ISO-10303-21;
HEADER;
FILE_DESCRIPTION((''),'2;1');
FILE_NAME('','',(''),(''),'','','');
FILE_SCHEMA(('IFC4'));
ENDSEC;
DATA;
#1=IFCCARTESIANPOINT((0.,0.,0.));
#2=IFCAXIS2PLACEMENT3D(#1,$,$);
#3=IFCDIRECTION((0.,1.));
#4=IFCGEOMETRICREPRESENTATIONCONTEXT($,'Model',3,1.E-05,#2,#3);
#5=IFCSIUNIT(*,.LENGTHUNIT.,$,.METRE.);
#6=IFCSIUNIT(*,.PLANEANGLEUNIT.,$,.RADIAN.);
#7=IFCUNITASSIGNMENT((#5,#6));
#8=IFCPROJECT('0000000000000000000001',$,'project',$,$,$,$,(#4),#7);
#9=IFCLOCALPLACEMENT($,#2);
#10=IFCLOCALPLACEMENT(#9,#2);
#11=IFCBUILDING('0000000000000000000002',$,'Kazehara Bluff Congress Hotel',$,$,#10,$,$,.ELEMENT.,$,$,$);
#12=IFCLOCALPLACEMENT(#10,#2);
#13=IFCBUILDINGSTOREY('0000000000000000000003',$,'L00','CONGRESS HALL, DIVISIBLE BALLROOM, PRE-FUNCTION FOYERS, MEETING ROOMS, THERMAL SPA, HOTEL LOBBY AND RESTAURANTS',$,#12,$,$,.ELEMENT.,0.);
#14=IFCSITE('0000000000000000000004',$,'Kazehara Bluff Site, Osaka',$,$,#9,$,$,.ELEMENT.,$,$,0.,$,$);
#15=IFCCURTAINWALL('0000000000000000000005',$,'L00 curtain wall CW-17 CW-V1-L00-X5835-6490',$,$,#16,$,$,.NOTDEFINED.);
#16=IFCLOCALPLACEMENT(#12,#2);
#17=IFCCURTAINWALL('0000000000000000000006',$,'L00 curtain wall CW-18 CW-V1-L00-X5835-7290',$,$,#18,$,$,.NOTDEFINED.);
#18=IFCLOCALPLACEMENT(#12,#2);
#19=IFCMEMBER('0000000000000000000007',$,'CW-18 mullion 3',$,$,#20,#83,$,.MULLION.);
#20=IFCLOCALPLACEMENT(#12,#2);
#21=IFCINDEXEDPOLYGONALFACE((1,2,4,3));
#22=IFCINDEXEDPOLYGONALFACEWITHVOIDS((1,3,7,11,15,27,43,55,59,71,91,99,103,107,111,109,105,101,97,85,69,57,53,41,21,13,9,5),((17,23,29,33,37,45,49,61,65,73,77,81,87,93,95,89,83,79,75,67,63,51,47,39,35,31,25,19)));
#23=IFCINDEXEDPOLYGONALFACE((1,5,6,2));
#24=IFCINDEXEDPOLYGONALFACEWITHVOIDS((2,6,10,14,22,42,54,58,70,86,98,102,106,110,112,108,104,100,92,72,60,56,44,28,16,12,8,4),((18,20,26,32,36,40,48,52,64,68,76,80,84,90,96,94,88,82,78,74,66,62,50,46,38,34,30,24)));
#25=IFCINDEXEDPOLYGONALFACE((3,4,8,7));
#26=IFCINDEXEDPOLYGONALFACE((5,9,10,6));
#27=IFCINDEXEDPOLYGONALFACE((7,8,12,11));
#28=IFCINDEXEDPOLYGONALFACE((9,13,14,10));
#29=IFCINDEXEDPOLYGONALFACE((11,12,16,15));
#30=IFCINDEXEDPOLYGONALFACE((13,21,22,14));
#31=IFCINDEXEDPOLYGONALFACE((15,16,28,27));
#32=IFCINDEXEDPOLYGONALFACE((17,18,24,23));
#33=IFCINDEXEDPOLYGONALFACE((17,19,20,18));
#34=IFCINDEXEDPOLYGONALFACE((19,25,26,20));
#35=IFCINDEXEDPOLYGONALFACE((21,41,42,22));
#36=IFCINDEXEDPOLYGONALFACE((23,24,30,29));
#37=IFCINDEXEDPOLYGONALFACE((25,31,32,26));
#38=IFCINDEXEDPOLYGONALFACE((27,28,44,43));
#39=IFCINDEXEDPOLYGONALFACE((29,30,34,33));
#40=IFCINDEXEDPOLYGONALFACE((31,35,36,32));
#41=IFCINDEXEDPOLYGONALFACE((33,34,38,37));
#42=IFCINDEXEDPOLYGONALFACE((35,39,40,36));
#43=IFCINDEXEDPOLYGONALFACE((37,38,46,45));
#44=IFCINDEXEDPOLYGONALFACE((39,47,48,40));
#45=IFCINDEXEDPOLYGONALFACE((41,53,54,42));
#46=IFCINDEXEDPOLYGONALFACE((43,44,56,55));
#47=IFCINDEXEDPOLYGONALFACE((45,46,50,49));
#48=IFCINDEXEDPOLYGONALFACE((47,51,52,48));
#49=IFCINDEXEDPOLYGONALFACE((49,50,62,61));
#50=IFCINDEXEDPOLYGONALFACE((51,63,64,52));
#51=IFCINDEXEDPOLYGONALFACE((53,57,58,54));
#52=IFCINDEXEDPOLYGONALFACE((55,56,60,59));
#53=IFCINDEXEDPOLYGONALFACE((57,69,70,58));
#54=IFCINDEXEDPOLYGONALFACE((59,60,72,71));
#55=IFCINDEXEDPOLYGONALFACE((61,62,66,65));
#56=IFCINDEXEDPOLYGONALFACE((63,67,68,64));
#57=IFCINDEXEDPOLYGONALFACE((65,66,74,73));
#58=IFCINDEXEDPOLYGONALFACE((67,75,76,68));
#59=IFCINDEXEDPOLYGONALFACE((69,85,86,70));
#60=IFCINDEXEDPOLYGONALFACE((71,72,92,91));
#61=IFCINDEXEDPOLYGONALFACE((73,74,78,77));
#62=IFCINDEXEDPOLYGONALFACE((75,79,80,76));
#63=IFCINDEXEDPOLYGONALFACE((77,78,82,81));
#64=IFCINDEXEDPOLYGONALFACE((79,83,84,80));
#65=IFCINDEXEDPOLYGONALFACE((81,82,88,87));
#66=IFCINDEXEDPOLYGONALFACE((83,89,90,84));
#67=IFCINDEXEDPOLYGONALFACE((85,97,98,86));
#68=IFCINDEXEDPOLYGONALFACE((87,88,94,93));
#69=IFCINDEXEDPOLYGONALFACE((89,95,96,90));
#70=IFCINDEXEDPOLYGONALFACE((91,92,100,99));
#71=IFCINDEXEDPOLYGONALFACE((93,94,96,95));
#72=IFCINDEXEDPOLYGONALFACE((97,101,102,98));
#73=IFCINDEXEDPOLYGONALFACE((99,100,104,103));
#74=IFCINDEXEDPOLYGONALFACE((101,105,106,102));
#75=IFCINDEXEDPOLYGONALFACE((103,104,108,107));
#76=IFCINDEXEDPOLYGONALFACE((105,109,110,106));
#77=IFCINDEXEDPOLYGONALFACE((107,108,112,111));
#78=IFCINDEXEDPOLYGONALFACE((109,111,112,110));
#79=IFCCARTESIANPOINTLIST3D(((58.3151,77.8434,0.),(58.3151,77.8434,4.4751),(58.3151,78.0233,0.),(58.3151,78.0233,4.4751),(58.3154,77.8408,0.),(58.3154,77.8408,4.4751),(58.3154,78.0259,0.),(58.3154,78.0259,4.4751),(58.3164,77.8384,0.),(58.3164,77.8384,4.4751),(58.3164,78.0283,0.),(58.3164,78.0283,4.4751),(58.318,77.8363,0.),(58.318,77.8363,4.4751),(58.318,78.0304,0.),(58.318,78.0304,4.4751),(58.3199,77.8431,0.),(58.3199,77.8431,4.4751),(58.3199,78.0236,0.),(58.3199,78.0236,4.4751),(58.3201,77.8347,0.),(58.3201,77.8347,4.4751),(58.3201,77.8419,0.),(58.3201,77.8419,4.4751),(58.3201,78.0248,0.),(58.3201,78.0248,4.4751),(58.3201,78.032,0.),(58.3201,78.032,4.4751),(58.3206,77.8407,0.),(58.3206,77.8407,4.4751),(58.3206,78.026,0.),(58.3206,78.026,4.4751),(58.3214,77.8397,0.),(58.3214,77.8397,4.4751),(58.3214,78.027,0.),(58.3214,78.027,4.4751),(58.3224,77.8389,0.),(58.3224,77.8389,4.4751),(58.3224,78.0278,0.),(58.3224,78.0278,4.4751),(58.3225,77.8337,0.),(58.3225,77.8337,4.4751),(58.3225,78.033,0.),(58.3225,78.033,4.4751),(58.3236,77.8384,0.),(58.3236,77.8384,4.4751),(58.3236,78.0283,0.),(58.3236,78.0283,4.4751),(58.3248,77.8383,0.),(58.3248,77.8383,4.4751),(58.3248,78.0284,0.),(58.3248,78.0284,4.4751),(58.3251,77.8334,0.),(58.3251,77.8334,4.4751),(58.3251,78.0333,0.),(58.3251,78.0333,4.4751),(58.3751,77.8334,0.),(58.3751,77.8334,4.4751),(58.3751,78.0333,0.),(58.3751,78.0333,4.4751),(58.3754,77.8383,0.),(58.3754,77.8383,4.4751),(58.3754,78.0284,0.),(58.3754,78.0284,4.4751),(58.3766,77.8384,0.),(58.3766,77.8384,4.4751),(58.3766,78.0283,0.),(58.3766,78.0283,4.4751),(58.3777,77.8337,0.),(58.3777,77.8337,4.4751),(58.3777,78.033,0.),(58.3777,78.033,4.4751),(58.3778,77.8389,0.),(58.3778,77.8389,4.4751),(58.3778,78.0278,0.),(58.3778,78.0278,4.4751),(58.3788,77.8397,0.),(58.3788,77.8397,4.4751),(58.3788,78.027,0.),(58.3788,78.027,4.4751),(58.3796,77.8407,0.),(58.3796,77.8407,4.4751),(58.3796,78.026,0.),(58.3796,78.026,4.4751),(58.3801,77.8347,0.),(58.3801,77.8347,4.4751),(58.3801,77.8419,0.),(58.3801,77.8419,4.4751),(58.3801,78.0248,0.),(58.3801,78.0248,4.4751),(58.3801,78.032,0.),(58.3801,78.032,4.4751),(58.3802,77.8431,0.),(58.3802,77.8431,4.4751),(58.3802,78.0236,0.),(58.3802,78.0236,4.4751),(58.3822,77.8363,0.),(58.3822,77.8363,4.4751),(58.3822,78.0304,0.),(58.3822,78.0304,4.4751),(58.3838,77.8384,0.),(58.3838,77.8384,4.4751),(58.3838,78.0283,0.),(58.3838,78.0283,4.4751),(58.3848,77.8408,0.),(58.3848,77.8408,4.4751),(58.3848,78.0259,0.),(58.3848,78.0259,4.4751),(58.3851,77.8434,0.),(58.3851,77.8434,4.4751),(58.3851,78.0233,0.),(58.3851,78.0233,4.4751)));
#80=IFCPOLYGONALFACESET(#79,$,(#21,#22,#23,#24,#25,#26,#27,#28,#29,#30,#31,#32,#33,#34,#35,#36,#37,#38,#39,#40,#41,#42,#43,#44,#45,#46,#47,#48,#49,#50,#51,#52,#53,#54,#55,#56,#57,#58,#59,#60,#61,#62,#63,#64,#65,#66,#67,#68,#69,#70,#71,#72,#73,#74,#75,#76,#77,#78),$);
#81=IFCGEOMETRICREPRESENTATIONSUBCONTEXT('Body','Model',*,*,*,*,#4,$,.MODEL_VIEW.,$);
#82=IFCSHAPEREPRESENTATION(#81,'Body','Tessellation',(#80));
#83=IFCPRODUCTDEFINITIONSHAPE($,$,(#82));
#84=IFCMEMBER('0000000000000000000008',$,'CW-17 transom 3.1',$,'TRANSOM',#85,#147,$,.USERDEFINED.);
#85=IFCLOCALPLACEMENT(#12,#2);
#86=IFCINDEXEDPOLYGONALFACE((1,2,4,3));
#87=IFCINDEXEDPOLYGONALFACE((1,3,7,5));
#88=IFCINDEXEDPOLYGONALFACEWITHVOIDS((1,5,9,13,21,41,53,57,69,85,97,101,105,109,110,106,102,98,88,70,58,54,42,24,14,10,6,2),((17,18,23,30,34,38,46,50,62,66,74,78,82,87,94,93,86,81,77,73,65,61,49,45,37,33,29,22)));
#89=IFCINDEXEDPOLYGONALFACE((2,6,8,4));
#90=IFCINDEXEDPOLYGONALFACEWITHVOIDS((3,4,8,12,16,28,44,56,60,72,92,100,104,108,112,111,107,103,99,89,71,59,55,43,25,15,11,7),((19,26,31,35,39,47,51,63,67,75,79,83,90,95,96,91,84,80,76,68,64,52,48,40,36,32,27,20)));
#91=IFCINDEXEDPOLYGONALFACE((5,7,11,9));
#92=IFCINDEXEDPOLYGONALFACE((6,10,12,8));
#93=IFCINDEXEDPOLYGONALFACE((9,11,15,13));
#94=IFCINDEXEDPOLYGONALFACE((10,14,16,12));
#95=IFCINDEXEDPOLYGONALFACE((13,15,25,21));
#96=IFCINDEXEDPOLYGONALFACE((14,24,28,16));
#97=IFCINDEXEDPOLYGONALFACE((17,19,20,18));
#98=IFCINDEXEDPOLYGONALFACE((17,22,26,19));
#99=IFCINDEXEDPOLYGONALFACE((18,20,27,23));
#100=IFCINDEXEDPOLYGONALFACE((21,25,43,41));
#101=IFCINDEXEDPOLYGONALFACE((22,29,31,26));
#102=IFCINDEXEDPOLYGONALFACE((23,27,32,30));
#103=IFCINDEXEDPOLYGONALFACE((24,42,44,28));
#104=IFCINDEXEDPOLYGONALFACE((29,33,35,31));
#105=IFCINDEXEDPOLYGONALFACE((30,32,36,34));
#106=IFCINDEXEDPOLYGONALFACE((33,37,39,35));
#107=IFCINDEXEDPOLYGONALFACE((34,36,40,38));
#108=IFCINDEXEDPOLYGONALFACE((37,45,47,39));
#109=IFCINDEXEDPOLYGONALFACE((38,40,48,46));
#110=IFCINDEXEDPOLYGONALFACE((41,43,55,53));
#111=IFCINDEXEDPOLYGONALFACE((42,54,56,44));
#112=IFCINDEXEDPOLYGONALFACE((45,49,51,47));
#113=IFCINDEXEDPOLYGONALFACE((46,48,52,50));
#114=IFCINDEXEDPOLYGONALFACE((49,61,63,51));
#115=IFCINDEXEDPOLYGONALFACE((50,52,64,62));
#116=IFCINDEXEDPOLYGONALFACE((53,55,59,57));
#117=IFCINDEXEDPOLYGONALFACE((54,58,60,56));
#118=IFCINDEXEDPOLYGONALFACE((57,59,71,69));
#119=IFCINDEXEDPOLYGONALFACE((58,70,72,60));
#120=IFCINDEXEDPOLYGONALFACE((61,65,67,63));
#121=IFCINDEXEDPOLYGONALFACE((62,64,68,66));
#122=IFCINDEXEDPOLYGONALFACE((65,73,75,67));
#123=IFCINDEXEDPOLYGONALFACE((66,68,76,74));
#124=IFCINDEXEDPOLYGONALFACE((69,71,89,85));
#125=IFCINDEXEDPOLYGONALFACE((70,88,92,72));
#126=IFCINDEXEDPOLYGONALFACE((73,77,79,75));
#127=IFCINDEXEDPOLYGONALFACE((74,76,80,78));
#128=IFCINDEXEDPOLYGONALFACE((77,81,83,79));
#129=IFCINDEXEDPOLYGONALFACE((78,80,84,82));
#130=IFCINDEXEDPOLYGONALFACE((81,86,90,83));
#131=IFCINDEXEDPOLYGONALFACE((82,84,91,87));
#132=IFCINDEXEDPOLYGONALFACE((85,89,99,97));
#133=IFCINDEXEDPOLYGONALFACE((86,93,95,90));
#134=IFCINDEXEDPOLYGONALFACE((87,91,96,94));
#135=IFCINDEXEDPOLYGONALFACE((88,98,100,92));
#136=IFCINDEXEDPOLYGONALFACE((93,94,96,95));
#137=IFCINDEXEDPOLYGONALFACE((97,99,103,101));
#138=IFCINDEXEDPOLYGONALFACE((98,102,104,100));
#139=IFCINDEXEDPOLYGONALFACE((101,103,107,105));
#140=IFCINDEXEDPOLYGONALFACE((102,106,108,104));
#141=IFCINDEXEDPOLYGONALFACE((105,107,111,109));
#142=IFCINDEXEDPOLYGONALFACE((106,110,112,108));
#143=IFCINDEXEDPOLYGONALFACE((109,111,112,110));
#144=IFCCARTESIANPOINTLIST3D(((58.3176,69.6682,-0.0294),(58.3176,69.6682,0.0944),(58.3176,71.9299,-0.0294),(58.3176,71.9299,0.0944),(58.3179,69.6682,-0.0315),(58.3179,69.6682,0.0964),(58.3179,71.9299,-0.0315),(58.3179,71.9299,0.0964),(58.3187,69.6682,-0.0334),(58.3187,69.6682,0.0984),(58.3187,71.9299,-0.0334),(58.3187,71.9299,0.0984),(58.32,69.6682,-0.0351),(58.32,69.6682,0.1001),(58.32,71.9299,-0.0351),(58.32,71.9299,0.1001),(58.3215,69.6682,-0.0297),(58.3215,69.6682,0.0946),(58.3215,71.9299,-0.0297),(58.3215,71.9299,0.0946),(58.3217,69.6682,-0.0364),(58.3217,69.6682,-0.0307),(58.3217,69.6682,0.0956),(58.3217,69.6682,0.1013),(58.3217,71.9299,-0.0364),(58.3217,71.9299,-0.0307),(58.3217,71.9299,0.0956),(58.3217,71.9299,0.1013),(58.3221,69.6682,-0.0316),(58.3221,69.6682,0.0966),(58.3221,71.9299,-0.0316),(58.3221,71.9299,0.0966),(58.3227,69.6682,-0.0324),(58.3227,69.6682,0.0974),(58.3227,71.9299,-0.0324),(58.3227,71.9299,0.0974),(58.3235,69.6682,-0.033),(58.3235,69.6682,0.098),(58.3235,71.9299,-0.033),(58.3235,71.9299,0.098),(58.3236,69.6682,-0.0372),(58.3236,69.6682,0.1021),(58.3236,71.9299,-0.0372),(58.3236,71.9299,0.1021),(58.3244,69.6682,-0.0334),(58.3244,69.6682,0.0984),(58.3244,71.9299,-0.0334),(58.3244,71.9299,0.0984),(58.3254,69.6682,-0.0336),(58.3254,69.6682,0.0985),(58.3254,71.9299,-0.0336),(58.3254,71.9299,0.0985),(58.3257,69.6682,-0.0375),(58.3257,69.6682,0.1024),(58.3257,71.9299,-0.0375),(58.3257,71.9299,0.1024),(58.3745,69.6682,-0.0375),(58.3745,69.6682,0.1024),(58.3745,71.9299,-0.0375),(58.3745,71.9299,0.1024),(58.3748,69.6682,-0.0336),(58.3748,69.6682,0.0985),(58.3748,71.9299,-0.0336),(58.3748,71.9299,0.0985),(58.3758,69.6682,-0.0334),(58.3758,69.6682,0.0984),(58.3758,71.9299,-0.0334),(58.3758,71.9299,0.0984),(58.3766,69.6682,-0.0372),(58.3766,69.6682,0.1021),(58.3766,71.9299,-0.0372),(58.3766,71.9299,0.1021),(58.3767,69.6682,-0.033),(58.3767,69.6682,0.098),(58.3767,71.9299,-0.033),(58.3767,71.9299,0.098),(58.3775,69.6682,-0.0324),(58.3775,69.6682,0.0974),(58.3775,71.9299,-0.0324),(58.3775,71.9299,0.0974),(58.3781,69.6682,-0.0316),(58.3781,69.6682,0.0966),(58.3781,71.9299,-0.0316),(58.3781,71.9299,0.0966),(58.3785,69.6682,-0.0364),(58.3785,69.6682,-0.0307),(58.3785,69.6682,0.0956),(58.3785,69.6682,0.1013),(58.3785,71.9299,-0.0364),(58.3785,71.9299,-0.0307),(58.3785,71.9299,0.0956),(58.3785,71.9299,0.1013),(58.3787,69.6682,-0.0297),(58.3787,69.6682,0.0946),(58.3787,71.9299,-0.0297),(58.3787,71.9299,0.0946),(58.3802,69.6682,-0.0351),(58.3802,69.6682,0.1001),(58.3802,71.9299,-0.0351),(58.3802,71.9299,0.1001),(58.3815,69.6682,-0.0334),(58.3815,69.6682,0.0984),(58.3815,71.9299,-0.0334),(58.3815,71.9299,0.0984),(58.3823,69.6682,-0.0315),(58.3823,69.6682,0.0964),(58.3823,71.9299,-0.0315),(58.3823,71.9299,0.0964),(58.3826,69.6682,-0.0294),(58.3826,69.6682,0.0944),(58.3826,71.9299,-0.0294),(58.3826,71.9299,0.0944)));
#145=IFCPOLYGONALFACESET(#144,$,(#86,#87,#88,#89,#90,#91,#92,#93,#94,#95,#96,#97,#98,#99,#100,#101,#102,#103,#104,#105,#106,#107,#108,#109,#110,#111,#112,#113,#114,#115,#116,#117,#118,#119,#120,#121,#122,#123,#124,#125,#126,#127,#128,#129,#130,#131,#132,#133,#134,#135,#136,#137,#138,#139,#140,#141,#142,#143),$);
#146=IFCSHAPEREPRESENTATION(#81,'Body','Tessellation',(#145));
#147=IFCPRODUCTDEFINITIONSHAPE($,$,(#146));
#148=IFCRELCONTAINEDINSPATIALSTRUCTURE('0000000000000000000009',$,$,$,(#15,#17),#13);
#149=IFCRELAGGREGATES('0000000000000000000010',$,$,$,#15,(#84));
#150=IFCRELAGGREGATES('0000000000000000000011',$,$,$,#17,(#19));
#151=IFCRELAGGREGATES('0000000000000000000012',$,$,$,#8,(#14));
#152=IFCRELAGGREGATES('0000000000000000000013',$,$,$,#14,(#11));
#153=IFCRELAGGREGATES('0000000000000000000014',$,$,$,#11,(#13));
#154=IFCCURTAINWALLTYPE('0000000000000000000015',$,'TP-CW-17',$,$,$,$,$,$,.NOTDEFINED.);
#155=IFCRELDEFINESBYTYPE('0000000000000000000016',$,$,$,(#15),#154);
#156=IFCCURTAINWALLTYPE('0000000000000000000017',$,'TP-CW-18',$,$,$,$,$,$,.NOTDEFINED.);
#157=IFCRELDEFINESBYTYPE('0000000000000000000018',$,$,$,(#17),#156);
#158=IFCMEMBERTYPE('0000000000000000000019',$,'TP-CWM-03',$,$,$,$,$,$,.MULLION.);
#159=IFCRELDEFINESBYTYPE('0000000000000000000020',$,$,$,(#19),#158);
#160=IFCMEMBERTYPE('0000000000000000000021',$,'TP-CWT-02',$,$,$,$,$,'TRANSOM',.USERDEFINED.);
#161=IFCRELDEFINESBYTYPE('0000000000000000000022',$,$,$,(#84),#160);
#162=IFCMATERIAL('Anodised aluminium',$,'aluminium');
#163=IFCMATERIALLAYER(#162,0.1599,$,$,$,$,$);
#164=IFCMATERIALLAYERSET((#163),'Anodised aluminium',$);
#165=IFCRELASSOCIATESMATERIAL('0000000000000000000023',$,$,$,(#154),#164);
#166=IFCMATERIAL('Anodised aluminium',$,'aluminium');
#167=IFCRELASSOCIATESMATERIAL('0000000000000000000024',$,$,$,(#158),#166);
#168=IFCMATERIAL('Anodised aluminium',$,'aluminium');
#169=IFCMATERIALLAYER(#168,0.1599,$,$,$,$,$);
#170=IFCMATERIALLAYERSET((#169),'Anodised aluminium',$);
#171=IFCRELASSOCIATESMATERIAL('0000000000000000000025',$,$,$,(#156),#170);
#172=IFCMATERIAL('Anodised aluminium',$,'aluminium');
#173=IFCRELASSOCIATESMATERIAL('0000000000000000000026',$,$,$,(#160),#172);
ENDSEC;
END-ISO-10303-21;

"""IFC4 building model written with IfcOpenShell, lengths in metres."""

from ifc_helpers import new_model, si_unit, direction, frame, origin, origin_2d, place, context, subcontext, project, spatial, hollow_rectangle, extrude, material, layer, layer_set, material_profile, profile_set, type_object, element, aggregate, save


model = new_model("IFC4")

# Units and contexts
model_context = context("Model", 3, precision=1e-05, world=origin(), true_north=direction((0.0, 1.0)))
body_context = subcontext(model_context, "Body", "Model", "MODEL_VIEW")
ifc_project = project(units=[si_unit("LENGTHUNIT", "METRE"), si_unit("PLANEANGLEUNIT", "RADIAN")], contexts=[model_context])

# Site, building, storey
site_placement = place(None, origin())
site = spatial("IfcSite", under=ifc_project, at=site_placement, Name="Kazehara Bluff Site, Osaka", CompositionType="ELEMENT", RefElevation=0.0)
building_placement = place(site_placement, origin())
building = spatial("IfcBuilding", under=site, at=building_placement, Name="Kazehara Bluff Congress Hotel", CompositionType="ELEMENT")
storey_placement = place(building_placement, origin())
storey = spatial("IfcBuildingStorey", under=building, at=storey_placement, Name="L00", Description="CONGRESS HALL, DIVISIBLE BALLROOM, PRE-FUNCTION FOYERS, MEETING ROOMS, THERMAL SPA, HOTEL LOBBY AND RESTAURANTS", CompositionType="ELEMENT", Elevation=0.0)

# Curtain wall
ifc_material_1 = material(Name="Anodised aluminium", Category="aluminium")
ifc_layer_1 = layer(ifc_material_1, 0.1599)
ifc_layer_set_1 = layer_set([ifc_layer_1], Name="Anodised aluminium")
curtain_wall_type_1 = type_object("IfcCurtainWallType", Name="TP-CW-17", PredefinedType="NOTDEFINED", material=ifc_layer_set_1)
curtain_wall_1_placement = place(storey_placement, origin())
curtain_wall_1 = element("IfcCurtainWall", 1, at=curtain_wall_1_placement, inside=storey, type_object=curtain_wall_type_1, Name="L00 curtain wall CW-17 CW-V1-L00-X5835-6490", PredefinedType="NOTDEFINED")
ifc_material_2 = material(Name="Anodised aluminium", Category="aluminium")
ifc_material_profile_1 = material_profile(ifc_material_2, hollow_rectangle(XDim=0.0701, YDim=0.2, WallThickness=0.0049, InnerFilletRadius=0.0049, OuterFilletRadius=0.01, at=origin_2d()))
ifc_profile_set_1 = profile_set([ifc_material_profile_1], Name="Anodised aluminium")
member_type_1 = type_object("IfcMemberType", Name="TP-CWM-03", PredefinedType="MULLION", material=ifc_profile_set_1)

# Curtain wall, member
ifc_material_3 = material(Name="Anodised aluminium", Category="aluminium")
ifc_layer_2 = layer(ifc_material_3, 0.1599)
ifc_layer_set_2 = layer_set([ifc_layer_2], Name="Anodised aluminium")
curtain_wall_type_2 = type_object("IfcCurtainWallType", Name="TP-CW-18", PredefinedType="NOTDEFINED", material=ifc_layer_set_2)
curtain_wall_2_placement = place(storey_placement, origin())
curtain_wall_2 = element("IfcCurtainWall", 2, at=curtain_wall_2_placement, inside=storey, type_object=curtain_wall_type_2, Name="L00 curtain wall CW-18 CW-V1-L00-X5835-7290", PredefinedType="NOTDEFINED")
member_1_placement = place(storey_placement, frame((58.3501, 77.9333, 0.0), z_axis=(0.0, 0.0, 1.0), x_axis=(-1.0, 0.0, 0.0)))
member_1 = element("IfcMember", 3, at=member_1_placement, type_object=member_type_1, Name="CW-18 mullion 3", PredefinedType="MULLION", context=body_context, shape_type="SweptSolid", body=[
    extrude(hollow_rectangle(XDim=0.0701, YDim=0.2, WallThickness=0.0049, InnerFilletRadius=0.0049, OuterFilletRadius=0.01, at=origin_2d()), origin(), (0.0, 0.0, 1.0), 4.4751),
])

# Member
ifc_material_4 = material(Name="Anodised aluminium", Category="aluminium")
ifc_material_profile_2 = material_profile(ifc_material_4, hollow_rectangle(XDim=0.0649, YDim=0.1399, WallThickness=0.0039, InnerFilletRadius=0.0039, OuterFilletRadius=0.0081, at=origin_2d()))
ifc_profile_set_2 = profile_set([ifc_material_profile_2], Name="Anodised aluminium")
member_type_2 = type_object("IfcMemberType", Name="TP-CWT-02", ElementType="TRANSOM", PredefinedType="USERDEFINED", material=ifc_profile_set_2)
member_2_placement = place(storey_placement, frame((58.3501, 69.6682, 0.0325), z_axis=(0.0, 1.0, 0.0), x_axis=(-1.0, 0.0, 0.0)))
member_2 = element("IfcMember", 4, at=member_2_placement, type_object=member_type_2, Name="CW-17 transom 3.1", ObjectType="TRANSOM", PredefinedType="USERDEFINED", context=body_context, shape_type="SweptSolid", body=[
    extrude(hollow_rectangle(XDim=0.0649, YDim=0.1399, WallThickness=0.0039, InnerFilletRadius=0.0039, OuterFilletRadius=0.0081, at=origin_2d()), origin(), (0.0, 0.0, 1.0), 2.2617),
])

aggregate(curtain_wall_1, [member_2])
aggregate(curtain_wall_2, [member_1])

save(model, "model.ifc")
